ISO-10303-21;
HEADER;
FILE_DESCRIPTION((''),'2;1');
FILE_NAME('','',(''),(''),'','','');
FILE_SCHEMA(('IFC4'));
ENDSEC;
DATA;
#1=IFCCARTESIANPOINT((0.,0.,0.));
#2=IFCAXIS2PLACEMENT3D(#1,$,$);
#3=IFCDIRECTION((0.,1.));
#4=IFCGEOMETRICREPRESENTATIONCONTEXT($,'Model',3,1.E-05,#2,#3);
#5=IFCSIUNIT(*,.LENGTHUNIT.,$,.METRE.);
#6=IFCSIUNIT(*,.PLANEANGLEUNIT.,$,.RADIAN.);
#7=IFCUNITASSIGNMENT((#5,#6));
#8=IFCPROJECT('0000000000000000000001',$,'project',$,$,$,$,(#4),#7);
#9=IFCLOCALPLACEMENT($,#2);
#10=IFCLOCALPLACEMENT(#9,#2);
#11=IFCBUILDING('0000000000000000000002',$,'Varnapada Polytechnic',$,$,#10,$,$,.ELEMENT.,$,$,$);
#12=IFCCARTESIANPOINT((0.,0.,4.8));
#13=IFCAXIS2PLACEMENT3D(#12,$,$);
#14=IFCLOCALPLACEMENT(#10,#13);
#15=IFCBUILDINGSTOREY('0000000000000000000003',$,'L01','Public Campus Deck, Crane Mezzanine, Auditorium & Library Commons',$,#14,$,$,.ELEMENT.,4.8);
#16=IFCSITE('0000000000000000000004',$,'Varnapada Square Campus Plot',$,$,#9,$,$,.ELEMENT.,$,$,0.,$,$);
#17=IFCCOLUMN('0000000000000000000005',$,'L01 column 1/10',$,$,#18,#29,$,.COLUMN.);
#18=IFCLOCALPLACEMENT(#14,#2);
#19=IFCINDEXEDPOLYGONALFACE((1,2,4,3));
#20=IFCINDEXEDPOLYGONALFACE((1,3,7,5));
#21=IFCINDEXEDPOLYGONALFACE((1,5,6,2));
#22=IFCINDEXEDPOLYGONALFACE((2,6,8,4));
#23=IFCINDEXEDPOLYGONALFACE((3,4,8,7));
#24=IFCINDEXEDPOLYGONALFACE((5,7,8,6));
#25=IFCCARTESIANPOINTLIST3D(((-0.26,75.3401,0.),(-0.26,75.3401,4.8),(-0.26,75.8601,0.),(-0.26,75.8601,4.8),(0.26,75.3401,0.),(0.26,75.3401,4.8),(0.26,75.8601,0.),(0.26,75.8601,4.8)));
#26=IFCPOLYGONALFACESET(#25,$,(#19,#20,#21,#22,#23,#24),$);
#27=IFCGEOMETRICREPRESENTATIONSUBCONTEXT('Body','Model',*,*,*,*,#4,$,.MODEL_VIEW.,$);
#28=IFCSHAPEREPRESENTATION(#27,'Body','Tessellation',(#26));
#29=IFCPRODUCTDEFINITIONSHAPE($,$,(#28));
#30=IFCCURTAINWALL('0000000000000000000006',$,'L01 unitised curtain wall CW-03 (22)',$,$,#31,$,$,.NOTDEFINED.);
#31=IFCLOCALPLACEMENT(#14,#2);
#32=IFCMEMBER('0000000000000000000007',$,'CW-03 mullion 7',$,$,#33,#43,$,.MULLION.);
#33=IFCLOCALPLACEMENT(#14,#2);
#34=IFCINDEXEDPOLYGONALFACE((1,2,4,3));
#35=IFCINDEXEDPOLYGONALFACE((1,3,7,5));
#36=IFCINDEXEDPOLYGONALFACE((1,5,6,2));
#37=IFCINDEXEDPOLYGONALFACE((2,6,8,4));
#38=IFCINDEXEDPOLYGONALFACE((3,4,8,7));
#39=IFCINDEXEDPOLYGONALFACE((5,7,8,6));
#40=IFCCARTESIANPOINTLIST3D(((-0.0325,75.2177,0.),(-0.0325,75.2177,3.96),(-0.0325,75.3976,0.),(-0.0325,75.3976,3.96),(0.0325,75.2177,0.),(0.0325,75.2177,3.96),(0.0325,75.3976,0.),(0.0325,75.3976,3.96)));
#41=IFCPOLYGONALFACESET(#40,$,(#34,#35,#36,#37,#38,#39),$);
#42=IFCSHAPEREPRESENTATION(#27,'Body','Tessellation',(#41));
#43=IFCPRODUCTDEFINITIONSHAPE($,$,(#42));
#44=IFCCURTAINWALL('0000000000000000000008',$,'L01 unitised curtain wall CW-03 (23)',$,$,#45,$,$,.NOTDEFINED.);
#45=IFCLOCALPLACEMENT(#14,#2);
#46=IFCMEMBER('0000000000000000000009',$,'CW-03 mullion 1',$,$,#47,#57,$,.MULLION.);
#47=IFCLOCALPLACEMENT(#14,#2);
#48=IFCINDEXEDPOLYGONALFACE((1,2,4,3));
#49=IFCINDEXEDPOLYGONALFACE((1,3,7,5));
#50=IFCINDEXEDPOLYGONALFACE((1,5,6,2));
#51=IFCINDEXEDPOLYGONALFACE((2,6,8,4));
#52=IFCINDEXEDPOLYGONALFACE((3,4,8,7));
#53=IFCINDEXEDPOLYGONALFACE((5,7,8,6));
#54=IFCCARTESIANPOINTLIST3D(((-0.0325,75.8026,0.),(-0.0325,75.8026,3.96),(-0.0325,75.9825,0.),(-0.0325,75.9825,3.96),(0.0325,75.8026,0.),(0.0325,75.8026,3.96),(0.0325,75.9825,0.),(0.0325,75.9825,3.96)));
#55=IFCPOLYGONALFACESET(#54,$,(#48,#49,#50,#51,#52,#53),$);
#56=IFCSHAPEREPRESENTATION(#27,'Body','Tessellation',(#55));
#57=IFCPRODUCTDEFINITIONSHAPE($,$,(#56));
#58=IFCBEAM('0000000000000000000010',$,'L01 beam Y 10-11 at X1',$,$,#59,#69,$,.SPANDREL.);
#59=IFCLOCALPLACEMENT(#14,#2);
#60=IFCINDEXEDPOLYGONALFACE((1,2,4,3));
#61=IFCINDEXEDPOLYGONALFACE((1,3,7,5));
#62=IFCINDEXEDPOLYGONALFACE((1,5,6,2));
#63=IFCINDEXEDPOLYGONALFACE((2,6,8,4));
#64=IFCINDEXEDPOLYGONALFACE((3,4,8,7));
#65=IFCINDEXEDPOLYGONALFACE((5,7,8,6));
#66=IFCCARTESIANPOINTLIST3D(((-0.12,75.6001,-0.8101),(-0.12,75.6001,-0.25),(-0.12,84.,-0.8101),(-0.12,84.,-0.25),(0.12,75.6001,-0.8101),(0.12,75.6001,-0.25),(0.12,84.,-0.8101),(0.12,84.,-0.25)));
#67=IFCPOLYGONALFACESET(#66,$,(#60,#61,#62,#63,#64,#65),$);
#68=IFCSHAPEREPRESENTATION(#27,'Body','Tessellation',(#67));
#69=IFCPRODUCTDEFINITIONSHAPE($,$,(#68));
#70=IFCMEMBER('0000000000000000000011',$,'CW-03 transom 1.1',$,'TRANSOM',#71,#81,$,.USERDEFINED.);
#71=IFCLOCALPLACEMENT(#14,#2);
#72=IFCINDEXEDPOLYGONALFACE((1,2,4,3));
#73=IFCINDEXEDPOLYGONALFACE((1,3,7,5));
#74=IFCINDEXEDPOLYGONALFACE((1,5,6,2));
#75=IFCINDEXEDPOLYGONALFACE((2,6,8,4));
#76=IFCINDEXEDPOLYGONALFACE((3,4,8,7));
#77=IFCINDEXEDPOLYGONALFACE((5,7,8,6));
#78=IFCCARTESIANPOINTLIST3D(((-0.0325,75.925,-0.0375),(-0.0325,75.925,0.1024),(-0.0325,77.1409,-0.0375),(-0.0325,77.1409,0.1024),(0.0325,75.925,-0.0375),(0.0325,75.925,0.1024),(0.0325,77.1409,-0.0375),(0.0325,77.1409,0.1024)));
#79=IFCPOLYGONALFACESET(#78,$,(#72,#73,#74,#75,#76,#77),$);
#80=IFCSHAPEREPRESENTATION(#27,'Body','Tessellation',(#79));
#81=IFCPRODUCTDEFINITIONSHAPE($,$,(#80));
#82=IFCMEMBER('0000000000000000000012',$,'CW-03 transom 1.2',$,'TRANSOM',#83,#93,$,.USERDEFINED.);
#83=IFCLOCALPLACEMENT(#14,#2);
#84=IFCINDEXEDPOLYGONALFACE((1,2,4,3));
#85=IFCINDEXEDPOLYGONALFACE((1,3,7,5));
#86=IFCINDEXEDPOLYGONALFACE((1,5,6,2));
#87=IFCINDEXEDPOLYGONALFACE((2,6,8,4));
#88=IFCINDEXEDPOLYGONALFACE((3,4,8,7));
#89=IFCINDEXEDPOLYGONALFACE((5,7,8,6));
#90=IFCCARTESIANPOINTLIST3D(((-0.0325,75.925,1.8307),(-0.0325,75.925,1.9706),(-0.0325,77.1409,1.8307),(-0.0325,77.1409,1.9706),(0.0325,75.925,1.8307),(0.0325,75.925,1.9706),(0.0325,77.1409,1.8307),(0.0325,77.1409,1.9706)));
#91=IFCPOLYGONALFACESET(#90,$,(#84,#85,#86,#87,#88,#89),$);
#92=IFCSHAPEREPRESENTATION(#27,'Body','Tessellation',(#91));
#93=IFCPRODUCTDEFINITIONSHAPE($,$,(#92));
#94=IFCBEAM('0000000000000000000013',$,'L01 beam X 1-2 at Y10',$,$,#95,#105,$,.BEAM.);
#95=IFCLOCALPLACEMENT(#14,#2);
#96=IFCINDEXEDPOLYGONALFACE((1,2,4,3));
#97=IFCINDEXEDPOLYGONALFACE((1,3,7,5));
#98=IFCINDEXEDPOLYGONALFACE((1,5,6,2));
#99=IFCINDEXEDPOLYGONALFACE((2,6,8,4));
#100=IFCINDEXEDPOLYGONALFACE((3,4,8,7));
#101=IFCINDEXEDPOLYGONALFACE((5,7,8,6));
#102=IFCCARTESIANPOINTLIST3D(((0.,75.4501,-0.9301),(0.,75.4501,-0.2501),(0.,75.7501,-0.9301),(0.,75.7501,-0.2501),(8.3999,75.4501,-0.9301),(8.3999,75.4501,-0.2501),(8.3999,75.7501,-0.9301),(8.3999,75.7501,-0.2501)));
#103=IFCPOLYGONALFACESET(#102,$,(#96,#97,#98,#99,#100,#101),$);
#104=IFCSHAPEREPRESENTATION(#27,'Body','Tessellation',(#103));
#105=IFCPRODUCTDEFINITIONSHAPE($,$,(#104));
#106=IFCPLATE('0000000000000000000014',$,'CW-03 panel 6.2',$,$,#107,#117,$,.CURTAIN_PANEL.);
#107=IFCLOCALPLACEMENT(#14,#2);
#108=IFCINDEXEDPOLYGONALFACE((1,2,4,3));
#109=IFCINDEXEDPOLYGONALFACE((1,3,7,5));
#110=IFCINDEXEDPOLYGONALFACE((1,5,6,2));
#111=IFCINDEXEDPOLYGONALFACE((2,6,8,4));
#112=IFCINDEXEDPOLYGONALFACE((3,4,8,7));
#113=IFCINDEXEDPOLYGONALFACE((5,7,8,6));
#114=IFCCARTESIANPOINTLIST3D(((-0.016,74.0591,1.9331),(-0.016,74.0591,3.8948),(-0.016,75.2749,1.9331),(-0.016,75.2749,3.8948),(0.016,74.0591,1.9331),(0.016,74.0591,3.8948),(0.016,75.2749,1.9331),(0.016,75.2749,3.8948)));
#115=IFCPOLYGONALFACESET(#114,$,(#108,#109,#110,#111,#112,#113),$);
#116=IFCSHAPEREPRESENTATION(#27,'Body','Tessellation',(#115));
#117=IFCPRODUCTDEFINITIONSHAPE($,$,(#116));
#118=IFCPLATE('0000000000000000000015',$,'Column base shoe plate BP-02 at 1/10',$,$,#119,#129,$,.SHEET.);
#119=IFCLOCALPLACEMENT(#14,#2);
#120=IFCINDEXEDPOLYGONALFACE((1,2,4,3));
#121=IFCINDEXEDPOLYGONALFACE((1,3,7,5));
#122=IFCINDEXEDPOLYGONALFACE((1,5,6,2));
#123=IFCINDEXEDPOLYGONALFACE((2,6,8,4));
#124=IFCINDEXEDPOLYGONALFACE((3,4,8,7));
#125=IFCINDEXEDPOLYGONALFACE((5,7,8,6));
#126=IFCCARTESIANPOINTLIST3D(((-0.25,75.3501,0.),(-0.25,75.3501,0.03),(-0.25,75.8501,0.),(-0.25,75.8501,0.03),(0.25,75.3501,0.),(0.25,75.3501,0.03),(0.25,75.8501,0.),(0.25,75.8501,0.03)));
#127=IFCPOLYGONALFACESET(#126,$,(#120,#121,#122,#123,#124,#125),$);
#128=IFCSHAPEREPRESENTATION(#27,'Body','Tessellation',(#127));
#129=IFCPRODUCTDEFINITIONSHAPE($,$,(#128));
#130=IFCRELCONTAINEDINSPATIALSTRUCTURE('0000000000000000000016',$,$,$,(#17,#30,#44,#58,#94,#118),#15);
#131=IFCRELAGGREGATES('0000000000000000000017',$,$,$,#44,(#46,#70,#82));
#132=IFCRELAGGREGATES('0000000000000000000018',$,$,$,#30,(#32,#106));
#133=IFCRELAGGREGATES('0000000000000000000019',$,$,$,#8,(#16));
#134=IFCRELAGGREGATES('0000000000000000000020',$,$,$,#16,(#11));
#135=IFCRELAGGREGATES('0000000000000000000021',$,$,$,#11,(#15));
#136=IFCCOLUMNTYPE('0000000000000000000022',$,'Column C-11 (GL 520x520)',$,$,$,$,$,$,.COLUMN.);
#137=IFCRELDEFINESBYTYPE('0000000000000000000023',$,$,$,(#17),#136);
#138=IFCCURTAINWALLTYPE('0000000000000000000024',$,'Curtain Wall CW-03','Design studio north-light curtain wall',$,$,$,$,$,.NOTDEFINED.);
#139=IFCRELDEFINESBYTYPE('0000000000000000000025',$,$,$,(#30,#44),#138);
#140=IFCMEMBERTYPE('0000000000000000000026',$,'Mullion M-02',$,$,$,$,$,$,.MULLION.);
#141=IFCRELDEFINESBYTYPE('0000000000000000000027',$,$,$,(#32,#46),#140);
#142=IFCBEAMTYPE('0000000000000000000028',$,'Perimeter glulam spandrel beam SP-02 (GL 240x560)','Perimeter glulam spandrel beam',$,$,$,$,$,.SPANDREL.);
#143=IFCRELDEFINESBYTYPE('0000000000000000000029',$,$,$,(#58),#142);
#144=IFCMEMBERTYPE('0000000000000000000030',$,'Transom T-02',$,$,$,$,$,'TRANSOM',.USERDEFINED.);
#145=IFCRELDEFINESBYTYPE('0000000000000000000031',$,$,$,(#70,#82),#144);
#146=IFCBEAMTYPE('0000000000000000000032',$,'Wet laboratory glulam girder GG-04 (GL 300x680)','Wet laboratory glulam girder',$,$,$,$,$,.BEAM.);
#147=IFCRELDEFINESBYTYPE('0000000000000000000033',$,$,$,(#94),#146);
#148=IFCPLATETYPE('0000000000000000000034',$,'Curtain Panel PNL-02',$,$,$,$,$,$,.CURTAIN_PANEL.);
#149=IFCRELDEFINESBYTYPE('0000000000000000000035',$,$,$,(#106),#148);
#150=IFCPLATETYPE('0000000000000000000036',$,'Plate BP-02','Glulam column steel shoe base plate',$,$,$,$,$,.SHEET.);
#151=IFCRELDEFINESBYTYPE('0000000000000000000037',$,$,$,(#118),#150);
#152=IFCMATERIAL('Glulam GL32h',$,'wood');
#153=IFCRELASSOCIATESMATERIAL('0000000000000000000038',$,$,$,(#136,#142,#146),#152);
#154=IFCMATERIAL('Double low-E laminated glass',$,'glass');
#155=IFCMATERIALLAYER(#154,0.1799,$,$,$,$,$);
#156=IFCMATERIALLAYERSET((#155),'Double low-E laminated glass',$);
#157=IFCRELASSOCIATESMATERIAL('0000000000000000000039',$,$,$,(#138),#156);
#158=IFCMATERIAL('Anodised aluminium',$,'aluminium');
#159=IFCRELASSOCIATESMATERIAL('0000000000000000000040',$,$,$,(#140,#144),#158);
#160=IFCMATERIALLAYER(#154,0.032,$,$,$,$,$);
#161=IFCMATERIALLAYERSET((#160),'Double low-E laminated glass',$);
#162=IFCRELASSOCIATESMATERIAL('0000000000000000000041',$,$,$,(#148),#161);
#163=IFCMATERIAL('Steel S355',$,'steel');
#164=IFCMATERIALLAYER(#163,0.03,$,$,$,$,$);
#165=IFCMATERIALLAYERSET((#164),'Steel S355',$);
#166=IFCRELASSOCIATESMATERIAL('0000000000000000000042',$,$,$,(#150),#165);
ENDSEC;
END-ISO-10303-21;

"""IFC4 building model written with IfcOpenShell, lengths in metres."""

from ifc_helpers import new_model, si_unit, direction, frame, origin, origin_2d, place, context, subcontext, project, spatial, rectangle, extrude, material, layer, layer_set, material_profile, profile_set, type_object, element, aggregate, save


model = new_model("IFC4")

# Units and contexts
model_context = context("Model", 3, precision=1e-05, world=origin(), true_north=direction((0.0, 1.0)))
body_context = subcontext(model_context, "Body", "Model", "MODEL_VIEW")
ifc_project = project(units=[si_unit("LENGTHUNIT", "METRE"), si_unit("PLANEANGLEUNIT", "RADIAN")], contexts=[model_context])

# Site, building, storey
site_placement = place(None, origin())
site = spatial("IfcSite", under=ifc_project, at=site_placement, Name="Varnapada Square Campus Plot", CompositionType="ELEMENT", RefElevation=0.0)
building_placement = place(site_placement, origin())
building = spatial("IfcBuilding", under=site, at=building_placement, Name="Varnapada Polytechnic", CompositionType="ELEMENT")
storey_placement = place(building_placement, frame((0.0, 0.0, 4.8)))
storey = spatial("IfcBuildingStorey", under=building, at=storey_placement, Name="L01", Description="Public Campus Deck, Crane Mezzanine, Auditorium & Library Commons", CompositionType="ELEMENT", Elevation=4.8)

# Column
ifc_material_1 = material(Name="Glulam GL32h", Category="wood")
ifc_material_profile_1 = material_profile(ifc_material_1, rectangle(XDim=0.52, YDim=0.52, at=origin_2d()), Name="GL 520x520")
ifc_profile_set_1 = profile_set([ifc_material_profile_1], Name="Glulam GL32h")
column_type = type_object("IfcColumnType", Name="Column C-11 (GL 520x520)", PredefinedType="COLUMN", material=ifc_profile_set_1)
column_placement = place(storey_placement, frame((0.0, 75.6001, 0.0), z_axis=(0.0, 0.0, 1.0), x_axis=(1.0, 0.0, 0.0)))
element("IfcColumn", 1, at=column_placement, inside=storey, type_object=column_type, Name="L01 column 1/10", PredefinedType="COLUMN", context=body_context, shape_type="SweptSolid", body=[
    extrude(rectangle(XDim=0.52, YDim=0.52, at=origin_2d()), origin(), (0.0, 0.0, 1.0), 4.8),
])

# Curtain walls, members
ifc_material_2 = material(Name="Double low-E laminated glass", Category="glass")
ifc_layer_1 = layer(ifc_material_2, 0.1799)
ifc_layer_set_1 = layer_set([ifc_layer_1], Name="Double low-E laminated glass")
curtain_wall_type = type_object("IfcCurtainWallType", Name="Curtain Wall CW-03", Description="Design studio north-light curtain wall", PredefinedType="NOTDEFINED", material=ifc_layer_set_1)
curtain_wall_1_placement = place(storey_placement, origin())
curtain_wall_1 = element("IfcCurtainWall", 2, at=curtain_wall_1_placement, inside=storey, type_object=curtain_wall_type, Name="L01 unitised curtain wall CW-03 (22)", PredefinedType="NOTDEFINED")
ifc_material_3 = material(Name="Anodised aluminium", Category="aluminium")
ifc_material_profile_2 = material_profile(ifc_material_3, rectangle(XDim=0.0649, YDim=0.1799, at=origin_2d()), Name="ALU M65x180")
ifc_profile_set_2 = profile_set([ifc_material_profile_2], Name="Anodised aluminium")
member_type_1 = type_object("IfcMemberType", Name="Mullion M-02", PredefinedType="MULLION", material=ifc_profile_set_2)
member_1_placement = place(storey_placement, frame((0.0, 75.3076, 0.0), z_axis=(0.0, 0.0, 1.0), x_axis=(-1.0, 0.0, 0.0)))
member_1 = element("IfcMember", 3, at=member_1_placement, type_object=member_type_1, Name="CW-03 mullion 7", PredefinedType="MULLION", context=body_context, shape_type="SweptSolid", body=[
    extrude(rectangle(XDim=0.0649, YDim=0.1799, at=origin_2d()), origin(), (0.0, 0.0, 1.0), 3.96),
])
curtain_wall_2_placement = place(storey_placement, origin())
curtain_wall_2 = element("IfcCurtainWall", 4, at=curtain_wall_2_placement, inside=storey, type_object=curtain_wall_type, Name="L01 unitised curtain wall CW-03 (23)", PredefinedType="NOTDEFINED")
member_2_placement = place(storey_placement, frame((0.0, 75.8926, 0.0), z_axis=(0.0, 0.0, 1.0), x_axis=(-1.0, 0.0, 0.0)))
member_2 = element("IfcMember", 5, at=member_2_placement, type_object=member_type_1, Name="CW-03 mullion 1", PredefinedType="MULLION", context=body_context, shape_type="SweptSolid", body=[
    extrude(rectangle(XDim=0.0649, YDim=0.1799, at=origin_2d()), origin(), (0.0, 0.0, 1.0), 3.96),
])

# Beam
ifc_material_profile_3 = material_profile(ifc_material_1, rectangle(XDim=0.24, YDim=0.5601, at=origin_2d()), Name="GL 240x560")
ifc_profile_set_3 = profile_set([ifc_material_profile_3], Name="Glulam GL32h")
beam_type_1 = type_object("IfcBeamType", Name="Perimeter glulam spandrel beam SP-02 (GL 240x560)", Description="Perimeter glulam spandrel beam", PredefinedType="SPANDREL", material=ifc_profile_set_3)
beam_1_placement = place(storey_placement, frame((0.0, 75.6001, -0.53), z_axis=(0.0, 1.0, 0.0), x_axis=(-1.0, 0.0, 0.0)))
element("IfcBeam", 6, at=beam_1_placement, inside=storey, type_object=beam_type_1, Name="L01 beam Y 10-11 at X1", PredefinedType="SPANDREL", context=body_context, shape_type="SweptSolid", body=[
    extrude(rectangle(XDim=0.24, YDim=0.5601, at=origin_2d()), origin(), (0.0, 0.0, 1.0), 8.3999),
])

# Members
ifc_material_profile_4 = material_profile(ifc_material_3, rectangle(XDim=0.0649, YDim=0.1399, at=origin_2d()), Name="ALU T65x140")
ifc_profile_set_4 = profile_set([ifc_material_profile_4], Name="Anodised aluminium")
member_type_2 = type_object("IfcMemberType", Name="Transom T-02", ElementType="TRANSOM", PredefinedType="USERDEFINED", material=ifc_profile_set_4)
member_3_placement = place(storey_placement, frame((0.0, 75.925, 0.0325), z_axis=(0.0, 1.0, 0.0), x_axis=(-1.0, 0.0, 0.0)))
member_3 = element("IfcMember", 7, at=member_3_placement, type_object=member_type_2, Name="CW-03 transom 1.1", ObjectType="TRANSOM", PredefinedType="USERDEFINED", context=body_context, shape_type="SweptSolid", body=[
    extrude(rectangle(XDim=0.0649, YDim=0.1399, at=origin_2d()), origin(), (0.0, 0.0, 1.0), 1.2158),
])
member_4_placement = place(storey_placement, frame((0.0, 75.925, 1.9006), z_axis=(0.0, 1.0, 0.0), x_axis=(-1.0, 0.0, 0.0)))
member_4 = element("IfcMember", 8, at=member_4_placement, type_object=member_type_2, Name="CW-03 transom 1.2", ObjectType="TRANSOM", PredefinedType="USERDEFINED", context=body_context, shape_type="SweptSolid", body=[
    extrude(rectangle(XDim=0.0649, YDim=0.1399, at=origin_2d()), origin(), (0.0, 0.0, 1.0), 1.2158),
])
aggregate(curtain_wall_2, [member_2, member_3, member_4])

# Beam
ifc_material_profile_5 = material_profile(ifc_material_1, rectangle(XDim=0.3, YDim=0.6799, at=origin_2d()), Name="GL 300x680")
ifc_profile_set_5 = profile_set([ifc_material_profile_5], Name="Glulam GL32h")
beam_type_2 = type_object("IfcBeamType", Name="Wet laboratory glulam girder GG-04 (GL 300x680)", Description="Wet laboratory glulam girder", PredefinedType="BEAM", material=ifc_profile_set_5)
beam_2_placement = place(storey_placement, frame((0.0, 75.6001, -0.5901), z_axis=(1.0, 0.0, 0.0), x_axis=(0.0, 1.0, 0.0)))
element("IfcBeam", 9, at=beam_2_placement, inside=storey, type_object=beam_type_2, Name="L01 beam X 1-2 at Y10", PredefinedType="BEAM", context=body_context, shape_type="SweptSolid", body=[
    extrude(rectangle(XDim=0.3, YDim=0.6799, at=origin_2d()), origin(), (0.0, 0.0, 1.0), 8.3999),
])

# Plates
ifc_layer_2 = layer(ifc_material_2, 0.032)
ifc_layer_set_2 = layer_set([ifc_layer_2], Name="Double low-E laminated glass")
plate_type_1 = type_object("IfcPlateType", Name="Curtain Panel PNL-02", PredefinedType="CURTAIN_PANEL", material=ifc_layer_set_2)
plate_1_placement = place(storey_placement, frame((0.0, 74.667, 1.9331), z_axis=(0.0, 0.0, 1.0), x_axis=(0.0, 1.0, 0.0)))
plate_1 = element("IfcPlate", 10, at=plate_1_placement, type_object=plate_type_1, Name="CW-03 panel 6.2", PredefinedType="CURTAIN_PANEL", context=body_context, shape_type="SweptSolid", body=[
    extrude(rectangle(XDim=1.2158, YDim=0.032, at=origin_2d()), origin(), (0.0, 0.0, 1.0), 1.9617),
])
aggregate(curtain_wall_1, [member_1, plate_1])
ifc_material_4 = material(Name="Steel S355", Category="steel")
ifc_layer_3 = layer(ifc_material_4, 0.03)
ifc_layer_set_3 = layer_set([ifc_layer_3], Name="Steel S355")
plate_type_2 = type_object("IfcPlateType", Name="Plate BP-02", Description="Glulam column steel shoe base plate", PredefinedType="SHEET", material=ifc_layer_set_3)
plate_2_placement = place(storey_placement, frame((0.0, 75.6001, 0.0), z_axis=(0.0, 0.0, 1.0), x_axis=(1.0, 0.0, 0.0)))
element("IfcPlate", 11, at=plate_2_placement, inside=storey, type_object=plate_type_2, Name="Column base shoe plate BP-02 at 1/10", PredefinedType="SHEET", context=body_context, shape_type="SweptSolid", body=[
    extrude(rectangle(XDim=0.5, YDim=0.5, at=origin_2d()), origin(), (0.0, 0.0, 1.0), 0.03),
])

save(model, "model.ifc")
